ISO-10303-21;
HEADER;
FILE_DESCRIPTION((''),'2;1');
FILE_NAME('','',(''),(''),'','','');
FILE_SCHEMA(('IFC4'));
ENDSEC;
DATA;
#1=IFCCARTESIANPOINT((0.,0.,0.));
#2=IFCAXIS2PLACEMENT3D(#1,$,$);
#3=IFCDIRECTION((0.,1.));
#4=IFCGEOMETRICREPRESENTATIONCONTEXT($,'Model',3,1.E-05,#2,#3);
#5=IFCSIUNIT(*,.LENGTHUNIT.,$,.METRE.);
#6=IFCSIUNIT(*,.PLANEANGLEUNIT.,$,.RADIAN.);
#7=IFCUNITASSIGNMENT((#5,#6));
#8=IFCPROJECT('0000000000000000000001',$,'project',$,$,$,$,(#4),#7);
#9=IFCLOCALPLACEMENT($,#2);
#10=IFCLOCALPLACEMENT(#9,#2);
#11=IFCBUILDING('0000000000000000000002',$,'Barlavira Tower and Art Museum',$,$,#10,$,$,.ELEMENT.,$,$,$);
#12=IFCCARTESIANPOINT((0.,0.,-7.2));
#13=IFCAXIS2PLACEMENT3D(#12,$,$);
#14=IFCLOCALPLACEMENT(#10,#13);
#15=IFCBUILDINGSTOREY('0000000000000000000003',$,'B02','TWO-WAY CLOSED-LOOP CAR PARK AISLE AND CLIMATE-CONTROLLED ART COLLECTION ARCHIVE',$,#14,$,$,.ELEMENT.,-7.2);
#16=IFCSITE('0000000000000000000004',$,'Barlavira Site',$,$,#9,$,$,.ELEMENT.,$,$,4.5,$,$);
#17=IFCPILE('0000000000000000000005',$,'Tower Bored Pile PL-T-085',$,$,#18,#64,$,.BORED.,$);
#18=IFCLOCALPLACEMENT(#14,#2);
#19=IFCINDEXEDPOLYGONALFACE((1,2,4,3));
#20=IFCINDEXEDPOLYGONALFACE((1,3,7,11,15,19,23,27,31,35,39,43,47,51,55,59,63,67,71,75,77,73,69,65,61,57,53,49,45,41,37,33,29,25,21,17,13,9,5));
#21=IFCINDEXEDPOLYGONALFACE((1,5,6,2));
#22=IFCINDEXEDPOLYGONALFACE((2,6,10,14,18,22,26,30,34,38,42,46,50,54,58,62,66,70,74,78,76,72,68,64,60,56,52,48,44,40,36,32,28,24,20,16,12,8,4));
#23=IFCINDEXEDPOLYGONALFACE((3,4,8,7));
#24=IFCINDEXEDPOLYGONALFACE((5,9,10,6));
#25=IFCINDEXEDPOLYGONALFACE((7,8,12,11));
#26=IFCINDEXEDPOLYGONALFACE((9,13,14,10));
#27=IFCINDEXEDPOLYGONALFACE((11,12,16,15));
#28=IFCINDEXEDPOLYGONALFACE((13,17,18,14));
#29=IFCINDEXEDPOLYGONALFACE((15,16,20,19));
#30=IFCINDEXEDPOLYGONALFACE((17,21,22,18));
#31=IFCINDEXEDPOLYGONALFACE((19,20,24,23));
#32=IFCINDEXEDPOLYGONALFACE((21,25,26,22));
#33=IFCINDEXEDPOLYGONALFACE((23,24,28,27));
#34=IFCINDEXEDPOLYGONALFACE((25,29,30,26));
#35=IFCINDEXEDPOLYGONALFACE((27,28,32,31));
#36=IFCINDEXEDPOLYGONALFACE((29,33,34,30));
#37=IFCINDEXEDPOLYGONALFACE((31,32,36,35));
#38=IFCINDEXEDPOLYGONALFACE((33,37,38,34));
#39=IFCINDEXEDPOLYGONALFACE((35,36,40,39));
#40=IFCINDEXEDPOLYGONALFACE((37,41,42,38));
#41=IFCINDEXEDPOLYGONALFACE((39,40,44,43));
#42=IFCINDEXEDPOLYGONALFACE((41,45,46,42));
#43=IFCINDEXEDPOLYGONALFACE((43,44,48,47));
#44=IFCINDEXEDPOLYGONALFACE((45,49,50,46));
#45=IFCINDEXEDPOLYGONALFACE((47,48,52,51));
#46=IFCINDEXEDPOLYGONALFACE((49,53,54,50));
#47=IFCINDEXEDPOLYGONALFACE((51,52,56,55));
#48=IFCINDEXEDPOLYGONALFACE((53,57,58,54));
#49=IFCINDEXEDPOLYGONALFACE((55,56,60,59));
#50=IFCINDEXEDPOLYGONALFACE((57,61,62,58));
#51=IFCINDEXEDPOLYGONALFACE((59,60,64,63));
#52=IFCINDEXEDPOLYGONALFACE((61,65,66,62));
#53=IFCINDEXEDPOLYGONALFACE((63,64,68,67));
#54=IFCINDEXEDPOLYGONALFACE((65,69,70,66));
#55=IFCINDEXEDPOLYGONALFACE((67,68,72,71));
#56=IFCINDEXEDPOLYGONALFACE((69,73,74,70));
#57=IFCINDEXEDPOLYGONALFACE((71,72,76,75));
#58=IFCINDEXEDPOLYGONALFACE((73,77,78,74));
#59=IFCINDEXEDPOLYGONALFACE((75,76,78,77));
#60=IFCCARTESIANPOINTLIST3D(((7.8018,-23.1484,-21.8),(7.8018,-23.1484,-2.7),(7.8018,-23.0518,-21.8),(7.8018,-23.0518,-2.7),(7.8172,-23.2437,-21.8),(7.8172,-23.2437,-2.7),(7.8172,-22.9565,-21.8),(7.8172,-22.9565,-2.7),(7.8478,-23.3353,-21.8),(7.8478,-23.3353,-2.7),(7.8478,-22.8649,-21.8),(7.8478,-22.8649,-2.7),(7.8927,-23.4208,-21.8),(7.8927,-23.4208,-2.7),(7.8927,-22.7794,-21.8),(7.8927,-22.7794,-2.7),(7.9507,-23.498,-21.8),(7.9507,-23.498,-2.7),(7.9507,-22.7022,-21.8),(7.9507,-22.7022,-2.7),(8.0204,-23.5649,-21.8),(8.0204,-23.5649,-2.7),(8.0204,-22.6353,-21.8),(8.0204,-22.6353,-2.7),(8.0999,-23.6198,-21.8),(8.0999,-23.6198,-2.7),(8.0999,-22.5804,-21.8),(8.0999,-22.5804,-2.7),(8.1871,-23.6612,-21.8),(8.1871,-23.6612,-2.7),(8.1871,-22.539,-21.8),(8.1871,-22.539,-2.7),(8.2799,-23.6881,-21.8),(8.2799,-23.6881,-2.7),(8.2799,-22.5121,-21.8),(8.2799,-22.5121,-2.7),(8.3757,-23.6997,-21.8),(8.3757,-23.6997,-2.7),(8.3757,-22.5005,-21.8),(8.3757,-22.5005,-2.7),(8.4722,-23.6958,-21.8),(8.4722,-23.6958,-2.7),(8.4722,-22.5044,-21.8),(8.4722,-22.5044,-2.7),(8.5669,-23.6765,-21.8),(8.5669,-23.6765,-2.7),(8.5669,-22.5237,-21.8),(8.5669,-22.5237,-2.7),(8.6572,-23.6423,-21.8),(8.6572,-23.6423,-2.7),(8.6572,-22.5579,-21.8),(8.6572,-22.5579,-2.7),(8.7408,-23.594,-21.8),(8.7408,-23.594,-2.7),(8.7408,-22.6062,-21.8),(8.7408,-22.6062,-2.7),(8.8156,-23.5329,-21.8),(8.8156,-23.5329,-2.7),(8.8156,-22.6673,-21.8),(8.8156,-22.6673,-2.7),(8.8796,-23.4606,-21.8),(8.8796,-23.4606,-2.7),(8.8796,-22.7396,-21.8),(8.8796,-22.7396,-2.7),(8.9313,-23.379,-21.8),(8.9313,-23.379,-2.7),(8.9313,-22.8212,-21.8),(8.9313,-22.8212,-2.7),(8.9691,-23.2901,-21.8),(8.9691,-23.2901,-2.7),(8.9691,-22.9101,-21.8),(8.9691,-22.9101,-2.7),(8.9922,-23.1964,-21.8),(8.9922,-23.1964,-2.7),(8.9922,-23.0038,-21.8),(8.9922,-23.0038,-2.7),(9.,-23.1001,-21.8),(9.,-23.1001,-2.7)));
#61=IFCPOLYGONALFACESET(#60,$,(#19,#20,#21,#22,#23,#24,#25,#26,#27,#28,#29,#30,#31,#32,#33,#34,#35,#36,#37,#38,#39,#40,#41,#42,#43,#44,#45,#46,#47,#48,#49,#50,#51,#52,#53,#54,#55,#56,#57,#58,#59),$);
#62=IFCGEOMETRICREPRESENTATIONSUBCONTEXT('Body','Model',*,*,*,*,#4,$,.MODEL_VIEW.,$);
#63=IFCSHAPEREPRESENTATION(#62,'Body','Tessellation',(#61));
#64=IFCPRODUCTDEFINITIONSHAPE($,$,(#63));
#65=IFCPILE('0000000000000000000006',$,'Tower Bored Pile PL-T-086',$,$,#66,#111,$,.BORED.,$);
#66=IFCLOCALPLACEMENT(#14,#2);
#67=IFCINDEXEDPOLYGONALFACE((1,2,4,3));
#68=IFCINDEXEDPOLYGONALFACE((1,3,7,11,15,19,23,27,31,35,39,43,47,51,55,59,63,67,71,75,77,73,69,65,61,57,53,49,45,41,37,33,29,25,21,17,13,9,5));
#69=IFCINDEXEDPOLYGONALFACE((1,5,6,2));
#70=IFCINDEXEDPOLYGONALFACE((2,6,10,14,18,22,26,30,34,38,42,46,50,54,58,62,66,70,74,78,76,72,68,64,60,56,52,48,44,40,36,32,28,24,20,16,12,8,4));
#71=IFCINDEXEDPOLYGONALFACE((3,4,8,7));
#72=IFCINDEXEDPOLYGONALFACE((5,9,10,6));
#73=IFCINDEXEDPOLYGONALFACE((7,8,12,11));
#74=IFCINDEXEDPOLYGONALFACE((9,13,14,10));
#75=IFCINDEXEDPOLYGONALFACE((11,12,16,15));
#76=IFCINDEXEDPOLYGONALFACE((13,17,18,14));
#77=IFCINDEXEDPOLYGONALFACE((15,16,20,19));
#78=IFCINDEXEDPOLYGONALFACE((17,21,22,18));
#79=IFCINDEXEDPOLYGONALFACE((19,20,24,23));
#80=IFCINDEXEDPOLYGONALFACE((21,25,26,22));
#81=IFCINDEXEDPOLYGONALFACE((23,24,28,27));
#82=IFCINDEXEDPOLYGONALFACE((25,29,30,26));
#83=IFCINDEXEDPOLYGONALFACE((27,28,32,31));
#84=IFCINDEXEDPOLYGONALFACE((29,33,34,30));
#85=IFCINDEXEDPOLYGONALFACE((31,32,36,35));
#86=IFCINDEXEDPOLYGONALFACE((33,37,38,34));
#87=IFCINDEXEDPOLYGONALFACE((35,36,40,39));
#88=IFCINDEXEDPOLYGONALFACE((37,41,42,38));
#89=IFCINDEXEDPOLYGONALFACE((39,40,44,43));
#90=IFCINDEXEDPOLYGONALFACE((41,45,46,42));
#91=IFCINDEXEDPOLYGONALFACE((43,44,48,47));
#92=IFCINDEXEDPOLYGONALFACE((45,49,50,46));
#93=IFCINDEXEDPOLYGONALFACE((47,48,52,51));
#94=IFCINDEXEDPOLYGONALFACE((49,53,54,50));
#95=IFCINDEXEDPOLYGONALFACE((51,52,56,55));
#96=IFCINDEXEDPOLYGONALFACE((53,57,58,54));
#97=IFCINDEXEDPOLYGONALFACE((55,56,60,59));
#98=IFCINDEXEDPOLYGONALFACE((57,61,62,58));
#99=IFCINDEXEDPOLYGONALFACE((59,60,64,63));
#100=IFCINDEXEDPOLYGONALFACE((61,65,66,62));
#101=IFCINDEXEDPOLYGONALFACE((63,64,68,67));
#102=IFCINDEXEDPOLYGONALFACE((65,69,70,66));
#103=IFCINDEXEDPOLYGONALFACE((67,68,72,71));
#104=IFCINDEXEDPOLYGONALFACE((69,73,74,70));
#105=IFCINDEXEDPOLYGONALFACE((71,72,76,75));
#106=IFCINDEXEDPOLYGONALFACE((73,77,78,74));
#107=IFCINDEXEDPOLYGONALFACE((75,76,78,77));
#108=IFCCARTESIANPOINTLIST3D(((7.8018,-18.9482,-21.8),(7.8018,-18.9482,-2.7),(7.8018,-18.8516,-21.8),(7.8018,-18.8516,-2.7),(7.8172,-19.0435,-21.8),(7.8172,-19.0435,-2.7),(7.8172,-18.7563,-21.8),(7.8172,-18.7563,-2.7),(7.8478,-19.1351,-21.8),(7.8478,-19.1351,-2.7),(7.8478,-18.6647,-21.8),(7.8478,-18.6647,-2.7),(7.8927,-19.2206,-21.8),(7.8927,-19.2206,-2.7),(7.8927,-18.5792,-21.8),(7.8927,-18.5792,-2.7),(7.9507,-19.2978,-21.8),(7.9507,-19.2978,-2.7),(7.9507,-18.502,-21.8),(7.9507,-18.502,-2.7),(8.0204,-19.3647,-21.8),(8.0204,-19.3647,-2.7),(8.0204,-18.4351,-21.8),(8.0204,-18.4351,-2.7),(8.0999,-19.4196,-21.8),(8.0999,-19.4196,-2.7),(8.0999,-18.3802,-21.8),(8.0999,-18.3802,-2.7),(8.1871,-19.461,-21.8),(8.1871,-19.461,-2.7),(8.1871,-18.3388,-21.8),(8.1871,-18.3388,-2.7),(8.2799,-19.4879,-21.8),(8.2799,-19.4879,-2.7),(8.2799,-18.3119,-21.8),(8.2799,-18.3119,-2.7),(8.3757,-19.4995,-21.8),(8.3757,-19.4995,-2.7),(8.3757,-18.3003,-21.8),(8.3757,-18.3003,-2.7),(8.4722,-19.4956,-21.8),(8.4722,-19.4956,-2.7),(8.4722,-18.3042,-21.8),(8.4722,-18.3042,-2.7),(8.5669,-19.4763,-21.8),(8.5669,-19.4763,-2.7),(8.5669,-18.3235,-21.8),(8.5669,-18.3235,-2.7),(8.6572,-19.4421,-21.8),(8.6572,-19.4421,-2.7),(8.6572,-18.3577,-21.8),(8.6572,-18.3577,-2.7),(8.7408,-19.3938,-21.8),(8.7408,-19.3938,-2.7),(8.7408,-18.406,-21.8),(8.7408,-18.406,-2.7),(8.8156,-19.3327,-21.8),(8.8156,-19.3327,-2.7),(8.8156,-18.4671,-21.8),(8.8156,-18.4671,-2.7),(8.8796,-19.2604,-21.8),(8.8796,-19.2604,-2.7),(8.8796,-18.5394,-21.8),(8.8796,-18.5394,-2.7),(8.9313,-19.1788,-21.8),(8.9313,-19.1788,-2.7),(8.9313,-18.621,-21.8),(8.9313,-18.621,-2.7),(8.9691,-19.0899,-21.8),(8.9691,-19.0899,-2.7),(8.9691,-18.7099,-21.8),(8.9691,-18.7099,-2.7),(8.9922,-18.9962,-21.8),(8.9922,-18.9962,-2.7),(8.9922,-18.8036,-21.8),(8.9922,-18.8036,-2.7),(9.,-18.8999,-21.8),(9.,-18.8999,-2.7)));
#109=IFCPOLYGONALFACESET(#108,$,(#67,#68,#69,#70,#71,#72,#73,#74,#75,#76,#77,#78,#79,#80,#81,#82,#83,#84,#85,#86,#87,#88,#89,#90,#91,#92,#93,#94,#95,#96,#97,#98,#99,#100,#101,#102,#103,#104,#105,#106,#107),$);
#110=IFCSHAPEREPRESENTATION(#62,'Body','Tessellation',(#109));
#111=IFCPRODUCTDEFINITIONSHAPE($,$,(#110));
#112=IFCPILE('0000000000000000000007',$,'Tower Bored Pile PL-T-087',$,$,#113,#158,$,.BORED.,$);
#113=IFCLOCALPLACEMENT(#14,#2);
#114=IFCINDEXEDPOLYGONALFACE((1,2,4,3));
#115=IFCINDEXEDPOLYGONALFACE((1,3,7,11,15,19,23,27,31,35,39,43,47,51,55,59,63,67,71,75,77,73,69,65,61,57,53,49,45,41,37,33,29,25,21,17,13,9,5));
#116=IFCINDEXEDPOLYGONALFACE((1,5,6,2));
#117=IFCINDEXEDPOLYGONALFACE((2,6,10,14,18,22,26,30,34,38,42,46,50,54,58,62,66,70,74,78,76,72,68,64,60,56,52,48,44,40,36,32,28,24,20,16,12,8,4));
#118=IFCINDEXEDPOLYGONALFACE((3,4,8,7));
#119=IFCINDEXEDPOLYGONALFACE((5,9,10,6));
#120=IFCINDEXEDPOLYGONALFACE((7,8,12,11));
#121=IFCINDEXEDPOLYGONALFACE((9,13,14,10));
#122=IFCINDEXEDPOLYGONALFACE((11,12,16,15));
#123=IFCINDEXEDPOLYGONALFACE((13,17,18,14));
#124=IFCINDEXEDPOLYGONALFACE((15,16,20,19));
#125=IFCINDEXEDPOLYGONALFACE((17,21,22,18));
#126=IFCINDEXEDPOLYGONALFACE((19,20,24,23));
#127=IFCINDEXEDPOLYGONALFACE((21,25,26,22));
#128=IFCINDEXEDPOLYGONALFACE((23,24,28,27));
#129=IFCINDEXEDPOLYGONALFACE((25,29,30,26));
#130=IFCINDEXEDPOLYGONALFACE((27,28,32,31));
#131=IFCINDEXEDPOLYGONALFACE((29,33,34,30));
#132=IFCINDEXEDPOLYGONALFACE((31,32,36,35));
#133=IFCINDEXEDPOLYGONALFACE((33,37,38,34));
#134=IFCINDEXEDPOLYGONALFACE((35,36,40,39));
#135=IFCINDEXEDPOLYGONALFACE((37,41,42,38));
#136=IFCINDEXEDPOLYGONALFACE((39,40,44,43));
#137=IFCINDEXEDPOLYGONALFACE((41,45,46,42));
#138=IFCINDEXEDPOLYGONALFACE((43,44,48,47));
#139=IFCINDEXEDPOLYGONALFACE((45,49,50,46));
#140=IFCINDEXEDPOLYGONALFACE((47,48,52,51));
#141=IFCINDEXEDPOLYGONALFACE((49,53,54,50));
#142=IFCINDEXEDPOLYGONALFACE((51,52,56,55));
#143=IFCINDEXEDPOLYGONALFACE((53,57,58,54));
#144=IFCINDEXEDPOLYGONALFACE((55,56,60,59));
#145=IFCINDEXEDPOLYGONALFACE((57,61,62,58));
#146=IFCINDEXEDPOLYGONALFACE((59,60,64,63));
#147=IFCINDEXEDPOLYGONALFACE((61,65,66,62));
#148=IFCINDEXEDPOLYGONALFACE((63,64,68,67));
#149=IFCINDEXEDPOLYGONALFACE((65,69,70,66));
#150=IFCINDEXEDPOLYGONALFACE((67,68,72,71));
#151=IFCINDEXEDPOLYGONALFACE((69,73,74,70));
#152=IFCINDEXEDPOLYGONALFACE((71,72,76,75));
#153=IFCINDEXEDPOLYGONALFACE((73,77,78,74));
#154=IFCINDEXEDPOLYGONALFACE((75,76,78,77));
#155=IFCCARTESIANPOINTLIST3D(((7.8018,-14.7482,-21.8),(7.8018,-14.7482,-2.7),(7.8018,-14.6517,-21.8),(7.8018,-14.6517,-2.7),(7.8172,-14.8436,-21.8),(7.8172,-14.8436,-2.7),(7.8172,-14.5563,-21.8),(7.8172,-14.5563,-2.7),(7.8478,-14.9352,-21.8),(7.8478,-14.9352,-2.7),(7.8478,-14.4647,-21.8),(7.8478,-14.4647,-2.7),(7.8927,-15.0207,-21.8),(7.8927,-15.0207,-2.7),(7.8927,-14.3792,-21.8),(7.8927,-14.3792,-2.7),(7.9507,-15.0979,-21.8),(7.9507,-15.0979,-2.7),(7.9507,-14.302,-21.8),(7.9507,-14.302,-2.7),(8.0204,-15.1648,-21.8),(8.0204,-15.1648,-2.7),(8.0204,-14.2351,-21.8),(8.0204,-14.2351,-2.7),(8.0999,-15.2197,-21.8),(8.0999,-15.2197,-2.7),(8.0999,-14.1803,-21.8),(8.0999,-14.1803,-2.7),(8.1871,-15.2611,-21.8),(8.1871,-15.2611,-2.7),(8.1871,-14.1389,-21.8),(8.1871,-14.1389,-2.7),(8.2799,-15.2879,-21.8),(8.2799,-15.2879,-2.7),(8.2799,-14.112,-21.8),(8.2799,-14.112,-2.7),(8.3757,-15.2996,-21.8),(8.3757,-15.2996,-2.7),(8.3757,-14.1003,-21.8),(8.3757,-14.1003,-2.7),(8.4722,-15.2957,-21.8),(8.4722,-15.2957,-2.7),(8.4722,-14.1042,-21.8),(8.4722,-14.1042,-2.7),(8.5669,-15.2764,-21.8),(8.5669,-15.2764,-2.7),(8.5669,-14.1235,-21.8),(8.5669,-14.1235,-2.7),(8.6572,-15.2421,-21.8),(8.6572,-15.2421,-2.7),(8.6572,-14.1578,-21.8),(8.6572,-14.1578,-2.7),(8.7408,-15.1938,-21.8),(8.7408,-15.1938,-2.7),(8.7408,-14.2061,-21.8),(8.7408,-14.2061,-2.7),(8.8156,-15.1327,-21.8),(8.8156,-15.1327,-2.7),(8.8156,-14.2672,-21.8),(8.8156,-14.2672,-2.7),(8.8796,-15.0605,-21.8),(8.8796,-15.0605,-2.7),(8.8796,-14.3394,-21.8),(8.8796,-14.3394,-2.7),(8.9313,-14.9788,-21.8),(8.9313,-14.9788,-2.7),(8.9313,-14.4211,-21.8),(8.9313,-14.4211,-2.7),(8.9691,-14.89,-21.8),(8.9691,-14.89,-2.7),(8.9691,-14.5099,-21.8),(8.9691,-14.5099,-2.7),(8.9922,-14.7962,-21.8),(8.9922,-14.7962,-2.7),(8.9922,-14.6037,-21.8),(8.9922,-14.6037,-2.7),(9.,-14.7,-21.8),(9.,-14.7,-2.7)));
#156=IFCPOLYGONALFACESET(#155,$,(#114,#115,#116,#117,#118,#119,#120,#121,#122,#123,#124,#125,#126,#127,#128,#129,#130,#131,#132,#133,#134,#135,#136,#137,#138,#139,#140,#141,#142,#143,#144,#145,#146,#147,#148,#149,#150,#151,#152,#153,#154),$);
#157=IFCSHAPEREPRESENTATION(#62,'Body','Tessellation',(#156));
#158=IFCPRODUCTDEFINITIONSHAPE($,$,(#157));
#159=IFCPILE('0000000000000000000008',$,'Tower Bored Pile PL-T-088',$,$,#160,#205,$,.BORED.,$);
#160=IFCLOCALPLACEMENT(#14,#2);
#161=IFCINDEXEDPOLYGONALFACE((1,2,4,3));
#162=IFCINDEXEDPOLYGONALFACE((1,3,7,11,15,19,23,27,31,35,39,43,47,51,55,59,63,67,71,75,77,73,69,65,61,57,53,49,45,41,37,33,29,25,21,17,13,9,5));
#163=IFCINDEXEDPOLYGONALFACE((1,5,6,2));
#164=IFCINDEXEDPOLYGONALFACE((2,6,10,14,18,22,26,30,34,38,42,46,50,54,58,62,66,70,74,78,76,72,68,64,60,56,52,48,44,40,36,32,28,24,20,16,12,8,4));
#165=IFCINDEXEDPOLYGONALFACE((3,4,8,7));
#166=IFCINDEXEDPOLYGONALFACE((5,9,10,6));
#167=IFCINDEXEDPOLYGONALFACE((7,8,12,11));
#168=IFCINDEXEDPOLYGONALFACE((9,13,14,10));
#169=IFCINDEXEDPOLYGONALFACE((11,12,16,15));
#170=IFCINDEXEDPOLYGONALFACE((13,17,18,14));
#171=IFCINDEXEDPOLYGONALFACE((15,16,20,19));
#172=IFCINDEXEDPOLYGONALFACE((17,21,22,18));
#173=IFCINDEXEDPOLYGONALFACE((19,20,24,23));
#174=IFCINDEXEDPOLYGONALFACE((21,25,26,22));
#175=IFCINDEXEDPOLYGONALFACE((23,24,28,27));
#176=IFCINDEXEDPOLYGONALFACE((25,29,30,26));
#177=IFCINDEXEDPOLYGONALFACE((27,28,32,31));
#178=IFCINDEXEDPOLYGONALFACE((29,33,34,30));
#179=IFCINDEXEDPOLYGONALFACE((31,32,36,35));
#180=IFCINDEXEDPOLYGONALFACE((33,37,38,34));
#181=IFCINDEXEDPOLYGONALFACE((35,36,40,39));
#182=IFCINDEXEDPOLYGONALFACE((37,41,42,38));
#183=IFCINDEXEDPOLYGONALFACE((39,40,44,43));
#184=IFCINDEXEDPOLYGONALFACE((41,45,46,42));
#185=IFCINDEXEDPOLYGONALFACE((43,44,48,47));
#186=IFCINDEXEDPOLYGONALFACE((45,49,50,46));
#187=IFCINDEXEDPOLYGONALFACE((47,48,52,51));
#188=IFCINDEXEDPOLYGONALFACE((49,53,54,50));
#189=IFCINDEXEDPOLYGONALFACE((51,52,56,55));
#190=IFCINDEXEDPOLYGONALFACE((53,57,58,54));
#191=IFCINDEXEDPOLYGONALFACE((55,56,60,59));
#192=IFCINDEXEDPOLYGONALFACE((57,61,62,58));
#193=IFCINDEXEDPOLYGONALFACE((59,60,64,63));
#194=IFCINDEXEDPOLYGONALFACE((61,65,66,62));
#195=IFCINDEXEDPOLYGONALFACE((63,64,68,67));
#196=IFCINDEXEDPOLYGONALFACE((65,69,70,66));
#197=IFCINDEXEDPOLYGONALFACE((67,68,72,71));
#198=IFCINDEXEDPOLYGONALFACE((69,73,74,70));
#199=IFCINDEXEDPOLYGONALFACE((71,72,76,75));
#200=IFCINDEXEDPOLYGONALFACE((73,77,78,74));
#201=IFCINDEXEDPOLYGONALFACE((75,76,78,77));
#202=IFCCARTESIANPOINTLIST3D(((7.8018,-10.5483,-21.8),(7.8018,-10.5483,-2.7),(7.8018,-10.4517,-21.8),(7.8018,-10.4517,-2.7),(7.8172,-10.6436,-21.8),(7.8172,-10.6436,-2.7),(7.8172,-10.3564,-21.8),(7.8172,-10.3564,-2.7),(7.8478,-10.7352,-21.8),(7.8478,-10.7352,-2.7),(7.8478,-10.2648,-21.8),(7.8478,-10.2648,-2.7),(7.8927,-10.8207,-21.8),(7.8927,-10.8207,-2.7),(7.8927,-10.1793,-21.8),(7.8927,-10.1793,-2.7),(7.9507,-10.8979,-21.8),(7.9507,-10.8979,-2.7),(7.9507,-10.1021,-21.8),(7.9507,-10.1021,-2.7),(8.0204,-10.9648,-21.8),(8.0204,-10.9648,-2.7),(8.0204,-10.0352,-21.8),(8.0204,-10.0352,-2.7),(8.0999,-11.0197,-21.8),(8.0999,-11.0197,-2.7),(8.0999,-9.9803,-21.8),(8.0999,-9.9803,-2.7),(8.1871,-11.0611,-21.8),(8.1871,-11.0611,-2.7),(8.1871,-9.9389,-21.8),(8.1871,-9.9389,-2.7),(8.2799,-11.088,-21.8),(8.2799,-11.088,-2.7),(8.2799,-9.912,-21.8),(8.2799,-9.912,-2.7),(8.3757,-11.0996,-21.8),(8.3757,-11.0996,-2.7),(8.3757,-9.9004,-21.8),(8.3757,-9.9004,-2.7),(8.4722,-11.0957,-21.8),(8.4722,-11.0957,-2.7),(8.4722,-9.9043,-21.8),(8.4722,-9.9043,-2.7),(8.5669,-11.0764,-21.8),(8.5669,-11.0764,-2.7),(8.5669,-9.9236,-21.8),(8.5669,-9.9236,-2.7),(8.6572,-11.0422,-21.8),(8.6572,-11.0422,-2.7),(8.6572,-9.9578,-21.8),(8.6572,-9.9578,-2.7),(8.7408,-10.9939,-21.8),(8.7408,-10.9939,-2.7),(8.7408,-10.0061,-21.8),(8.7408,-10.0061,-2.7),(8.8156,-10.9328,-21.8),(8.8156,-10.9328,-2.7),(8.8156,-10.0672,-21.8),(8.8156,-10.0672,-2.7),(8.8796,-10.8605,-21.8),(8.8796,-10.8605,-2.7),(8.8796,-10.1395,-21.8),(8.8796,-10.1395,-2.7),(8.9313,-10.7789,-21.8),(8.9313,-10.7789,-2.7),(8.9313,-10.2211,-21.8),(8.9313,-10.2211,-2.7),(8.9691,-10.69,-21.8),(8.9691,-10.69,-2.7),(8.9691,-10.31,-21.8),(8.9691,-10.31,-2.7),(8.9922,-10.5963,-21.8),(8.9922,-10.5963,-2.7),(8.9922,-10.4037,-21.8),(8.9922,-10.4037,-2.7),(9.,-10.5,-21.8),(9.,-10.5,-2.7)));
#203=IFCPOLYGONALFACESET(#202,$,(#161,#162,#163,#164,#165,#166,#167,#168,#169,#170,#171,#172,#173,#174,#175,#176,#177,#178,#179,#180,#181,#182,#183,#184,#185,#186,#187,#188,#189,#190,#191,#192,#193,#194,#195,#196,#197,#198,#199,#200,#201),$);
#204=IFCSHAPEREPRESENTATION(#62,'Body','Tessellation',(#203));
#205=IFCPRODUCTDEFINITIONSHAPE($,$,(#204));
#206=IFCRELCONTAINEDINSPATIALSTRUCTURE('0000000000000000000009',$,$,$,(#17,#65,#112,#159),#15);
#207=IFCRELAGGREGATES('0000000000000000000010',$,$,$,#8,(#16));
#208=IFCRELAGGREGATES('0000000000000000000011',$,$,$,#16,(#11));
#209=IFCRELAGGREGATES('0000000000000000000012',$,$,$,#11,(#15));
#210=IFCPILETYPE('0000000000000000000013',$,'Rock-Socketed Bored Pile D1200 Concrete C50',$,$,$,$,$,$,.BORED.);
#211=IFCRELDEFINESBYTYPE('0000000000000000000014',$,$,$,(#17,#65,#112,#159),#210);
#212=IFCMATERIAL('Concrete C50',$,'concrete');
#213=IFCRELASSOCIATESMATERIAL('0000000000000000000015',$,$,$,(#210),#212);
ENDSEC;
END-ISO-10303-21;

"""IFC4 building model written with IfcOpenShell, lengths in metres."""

from ifc_helpers import new_model, si_unit, direction, frame, origin, origin_2d, place, context, subcontext, project, spatial, circle, extrude, material, material_profile, profile_set, type_object, element, save


model = new_model("IFC4")

# Units and contexts
model_context = context("Model", 3, precision=1e-05, world=origin(), true_north=direction((0.0, 1.0)))
body_context = subcontext(model_context, "Body", "Model", "MODEL_VIEW")
ifc_project = project(units=[si_unit("LENGTHUNIT", "METRE"), si_unit("PLANEANGLEUNIT", "RADIAN")], contexts=[model_context])

# Site, building, storey
site_placement = place(None, origin())
site = spatial("IfcSite", under=ifc_project, at=site_placement, Name="Barlavira Site", CompositionType="ELEMENT", RefElevation=4.5)
building_placement = place(site_placement, origin())
building = spatial("IfcBuilding", under=site, at=building_placement, Name="Barlavira Tower and Art Museum", CompositionType="ELEMENT")
storey_placement = place(building_placement, frame((0.0, 0.0, -7.2)))
storey = spatial("IfcBuildingStorey", under=building, at=storey_placement, Name="B02", Description="TWO-WAY CLOSED-LOOP CAR PARK AISLE AND CLIMATE-CONTROLLED ART COLLECTION ARCHIVE", CompositionType="ELEMENT", Elevation=-7.2)

# Piles
ifc_material_1 = material(Name="Concrete C50", Category="concrete")
ifc_material_profile_1 = material_profile(ifc_material_1, circle(Radius=0.6001, at=origin_2d()), Name="BORED PILE D1200")
ifc_profile_set_1 = profile_set([ifc_material_profile_1], Name="Concrete C50")
pile_type = type_object("IfcPileType", Name="Rock-Socketed Bored Pile D1200 Concrete C50", PredefinedType="BORED", material=ifc_profile_set_1)
for number, where, z_axis, x_axis, name in (
    (1, (8.3999, -23.1001, -2.7), (0.0, 0.0, -1.0), (1.0, 0.0, 0.0), "Tower Bored Pile PL-T-085"),
    (2, (8.3999, -18.8999, -2.7), (0.0, 0.0, -1.0), (1.0, 0.0, 0.0), "Tower Bored Pile PL-T-086"),
    (3, (8.3999, -14.7, -2.7), (0.0, 0.0, -1.0), (1.0, 0.0, 0.0), "Tower Bored Pile PL-T-087"),
    (4, (8.3999, -10.5, -2.7), (0.0, 0.0, -1.0), (1.0, 0.0, 0.0), "Tower Bored Pile PL-T-088"),
):
    element("IfcPile", number, at=place(storey_placement, frame(where, z_axis=z_axis, x_axis=x_axis)), inside=storey, type_object=pile_type, Name=name, PredefinedType="BORED", context=body_context, shape_type="SweptSolid", body=[
        extrude(circle(Radius=0.6001, at=origin_2d()), origin(), (0.0, 0.0, 1.0), 19.1001),
    ])

save(model, "model.ifc")
